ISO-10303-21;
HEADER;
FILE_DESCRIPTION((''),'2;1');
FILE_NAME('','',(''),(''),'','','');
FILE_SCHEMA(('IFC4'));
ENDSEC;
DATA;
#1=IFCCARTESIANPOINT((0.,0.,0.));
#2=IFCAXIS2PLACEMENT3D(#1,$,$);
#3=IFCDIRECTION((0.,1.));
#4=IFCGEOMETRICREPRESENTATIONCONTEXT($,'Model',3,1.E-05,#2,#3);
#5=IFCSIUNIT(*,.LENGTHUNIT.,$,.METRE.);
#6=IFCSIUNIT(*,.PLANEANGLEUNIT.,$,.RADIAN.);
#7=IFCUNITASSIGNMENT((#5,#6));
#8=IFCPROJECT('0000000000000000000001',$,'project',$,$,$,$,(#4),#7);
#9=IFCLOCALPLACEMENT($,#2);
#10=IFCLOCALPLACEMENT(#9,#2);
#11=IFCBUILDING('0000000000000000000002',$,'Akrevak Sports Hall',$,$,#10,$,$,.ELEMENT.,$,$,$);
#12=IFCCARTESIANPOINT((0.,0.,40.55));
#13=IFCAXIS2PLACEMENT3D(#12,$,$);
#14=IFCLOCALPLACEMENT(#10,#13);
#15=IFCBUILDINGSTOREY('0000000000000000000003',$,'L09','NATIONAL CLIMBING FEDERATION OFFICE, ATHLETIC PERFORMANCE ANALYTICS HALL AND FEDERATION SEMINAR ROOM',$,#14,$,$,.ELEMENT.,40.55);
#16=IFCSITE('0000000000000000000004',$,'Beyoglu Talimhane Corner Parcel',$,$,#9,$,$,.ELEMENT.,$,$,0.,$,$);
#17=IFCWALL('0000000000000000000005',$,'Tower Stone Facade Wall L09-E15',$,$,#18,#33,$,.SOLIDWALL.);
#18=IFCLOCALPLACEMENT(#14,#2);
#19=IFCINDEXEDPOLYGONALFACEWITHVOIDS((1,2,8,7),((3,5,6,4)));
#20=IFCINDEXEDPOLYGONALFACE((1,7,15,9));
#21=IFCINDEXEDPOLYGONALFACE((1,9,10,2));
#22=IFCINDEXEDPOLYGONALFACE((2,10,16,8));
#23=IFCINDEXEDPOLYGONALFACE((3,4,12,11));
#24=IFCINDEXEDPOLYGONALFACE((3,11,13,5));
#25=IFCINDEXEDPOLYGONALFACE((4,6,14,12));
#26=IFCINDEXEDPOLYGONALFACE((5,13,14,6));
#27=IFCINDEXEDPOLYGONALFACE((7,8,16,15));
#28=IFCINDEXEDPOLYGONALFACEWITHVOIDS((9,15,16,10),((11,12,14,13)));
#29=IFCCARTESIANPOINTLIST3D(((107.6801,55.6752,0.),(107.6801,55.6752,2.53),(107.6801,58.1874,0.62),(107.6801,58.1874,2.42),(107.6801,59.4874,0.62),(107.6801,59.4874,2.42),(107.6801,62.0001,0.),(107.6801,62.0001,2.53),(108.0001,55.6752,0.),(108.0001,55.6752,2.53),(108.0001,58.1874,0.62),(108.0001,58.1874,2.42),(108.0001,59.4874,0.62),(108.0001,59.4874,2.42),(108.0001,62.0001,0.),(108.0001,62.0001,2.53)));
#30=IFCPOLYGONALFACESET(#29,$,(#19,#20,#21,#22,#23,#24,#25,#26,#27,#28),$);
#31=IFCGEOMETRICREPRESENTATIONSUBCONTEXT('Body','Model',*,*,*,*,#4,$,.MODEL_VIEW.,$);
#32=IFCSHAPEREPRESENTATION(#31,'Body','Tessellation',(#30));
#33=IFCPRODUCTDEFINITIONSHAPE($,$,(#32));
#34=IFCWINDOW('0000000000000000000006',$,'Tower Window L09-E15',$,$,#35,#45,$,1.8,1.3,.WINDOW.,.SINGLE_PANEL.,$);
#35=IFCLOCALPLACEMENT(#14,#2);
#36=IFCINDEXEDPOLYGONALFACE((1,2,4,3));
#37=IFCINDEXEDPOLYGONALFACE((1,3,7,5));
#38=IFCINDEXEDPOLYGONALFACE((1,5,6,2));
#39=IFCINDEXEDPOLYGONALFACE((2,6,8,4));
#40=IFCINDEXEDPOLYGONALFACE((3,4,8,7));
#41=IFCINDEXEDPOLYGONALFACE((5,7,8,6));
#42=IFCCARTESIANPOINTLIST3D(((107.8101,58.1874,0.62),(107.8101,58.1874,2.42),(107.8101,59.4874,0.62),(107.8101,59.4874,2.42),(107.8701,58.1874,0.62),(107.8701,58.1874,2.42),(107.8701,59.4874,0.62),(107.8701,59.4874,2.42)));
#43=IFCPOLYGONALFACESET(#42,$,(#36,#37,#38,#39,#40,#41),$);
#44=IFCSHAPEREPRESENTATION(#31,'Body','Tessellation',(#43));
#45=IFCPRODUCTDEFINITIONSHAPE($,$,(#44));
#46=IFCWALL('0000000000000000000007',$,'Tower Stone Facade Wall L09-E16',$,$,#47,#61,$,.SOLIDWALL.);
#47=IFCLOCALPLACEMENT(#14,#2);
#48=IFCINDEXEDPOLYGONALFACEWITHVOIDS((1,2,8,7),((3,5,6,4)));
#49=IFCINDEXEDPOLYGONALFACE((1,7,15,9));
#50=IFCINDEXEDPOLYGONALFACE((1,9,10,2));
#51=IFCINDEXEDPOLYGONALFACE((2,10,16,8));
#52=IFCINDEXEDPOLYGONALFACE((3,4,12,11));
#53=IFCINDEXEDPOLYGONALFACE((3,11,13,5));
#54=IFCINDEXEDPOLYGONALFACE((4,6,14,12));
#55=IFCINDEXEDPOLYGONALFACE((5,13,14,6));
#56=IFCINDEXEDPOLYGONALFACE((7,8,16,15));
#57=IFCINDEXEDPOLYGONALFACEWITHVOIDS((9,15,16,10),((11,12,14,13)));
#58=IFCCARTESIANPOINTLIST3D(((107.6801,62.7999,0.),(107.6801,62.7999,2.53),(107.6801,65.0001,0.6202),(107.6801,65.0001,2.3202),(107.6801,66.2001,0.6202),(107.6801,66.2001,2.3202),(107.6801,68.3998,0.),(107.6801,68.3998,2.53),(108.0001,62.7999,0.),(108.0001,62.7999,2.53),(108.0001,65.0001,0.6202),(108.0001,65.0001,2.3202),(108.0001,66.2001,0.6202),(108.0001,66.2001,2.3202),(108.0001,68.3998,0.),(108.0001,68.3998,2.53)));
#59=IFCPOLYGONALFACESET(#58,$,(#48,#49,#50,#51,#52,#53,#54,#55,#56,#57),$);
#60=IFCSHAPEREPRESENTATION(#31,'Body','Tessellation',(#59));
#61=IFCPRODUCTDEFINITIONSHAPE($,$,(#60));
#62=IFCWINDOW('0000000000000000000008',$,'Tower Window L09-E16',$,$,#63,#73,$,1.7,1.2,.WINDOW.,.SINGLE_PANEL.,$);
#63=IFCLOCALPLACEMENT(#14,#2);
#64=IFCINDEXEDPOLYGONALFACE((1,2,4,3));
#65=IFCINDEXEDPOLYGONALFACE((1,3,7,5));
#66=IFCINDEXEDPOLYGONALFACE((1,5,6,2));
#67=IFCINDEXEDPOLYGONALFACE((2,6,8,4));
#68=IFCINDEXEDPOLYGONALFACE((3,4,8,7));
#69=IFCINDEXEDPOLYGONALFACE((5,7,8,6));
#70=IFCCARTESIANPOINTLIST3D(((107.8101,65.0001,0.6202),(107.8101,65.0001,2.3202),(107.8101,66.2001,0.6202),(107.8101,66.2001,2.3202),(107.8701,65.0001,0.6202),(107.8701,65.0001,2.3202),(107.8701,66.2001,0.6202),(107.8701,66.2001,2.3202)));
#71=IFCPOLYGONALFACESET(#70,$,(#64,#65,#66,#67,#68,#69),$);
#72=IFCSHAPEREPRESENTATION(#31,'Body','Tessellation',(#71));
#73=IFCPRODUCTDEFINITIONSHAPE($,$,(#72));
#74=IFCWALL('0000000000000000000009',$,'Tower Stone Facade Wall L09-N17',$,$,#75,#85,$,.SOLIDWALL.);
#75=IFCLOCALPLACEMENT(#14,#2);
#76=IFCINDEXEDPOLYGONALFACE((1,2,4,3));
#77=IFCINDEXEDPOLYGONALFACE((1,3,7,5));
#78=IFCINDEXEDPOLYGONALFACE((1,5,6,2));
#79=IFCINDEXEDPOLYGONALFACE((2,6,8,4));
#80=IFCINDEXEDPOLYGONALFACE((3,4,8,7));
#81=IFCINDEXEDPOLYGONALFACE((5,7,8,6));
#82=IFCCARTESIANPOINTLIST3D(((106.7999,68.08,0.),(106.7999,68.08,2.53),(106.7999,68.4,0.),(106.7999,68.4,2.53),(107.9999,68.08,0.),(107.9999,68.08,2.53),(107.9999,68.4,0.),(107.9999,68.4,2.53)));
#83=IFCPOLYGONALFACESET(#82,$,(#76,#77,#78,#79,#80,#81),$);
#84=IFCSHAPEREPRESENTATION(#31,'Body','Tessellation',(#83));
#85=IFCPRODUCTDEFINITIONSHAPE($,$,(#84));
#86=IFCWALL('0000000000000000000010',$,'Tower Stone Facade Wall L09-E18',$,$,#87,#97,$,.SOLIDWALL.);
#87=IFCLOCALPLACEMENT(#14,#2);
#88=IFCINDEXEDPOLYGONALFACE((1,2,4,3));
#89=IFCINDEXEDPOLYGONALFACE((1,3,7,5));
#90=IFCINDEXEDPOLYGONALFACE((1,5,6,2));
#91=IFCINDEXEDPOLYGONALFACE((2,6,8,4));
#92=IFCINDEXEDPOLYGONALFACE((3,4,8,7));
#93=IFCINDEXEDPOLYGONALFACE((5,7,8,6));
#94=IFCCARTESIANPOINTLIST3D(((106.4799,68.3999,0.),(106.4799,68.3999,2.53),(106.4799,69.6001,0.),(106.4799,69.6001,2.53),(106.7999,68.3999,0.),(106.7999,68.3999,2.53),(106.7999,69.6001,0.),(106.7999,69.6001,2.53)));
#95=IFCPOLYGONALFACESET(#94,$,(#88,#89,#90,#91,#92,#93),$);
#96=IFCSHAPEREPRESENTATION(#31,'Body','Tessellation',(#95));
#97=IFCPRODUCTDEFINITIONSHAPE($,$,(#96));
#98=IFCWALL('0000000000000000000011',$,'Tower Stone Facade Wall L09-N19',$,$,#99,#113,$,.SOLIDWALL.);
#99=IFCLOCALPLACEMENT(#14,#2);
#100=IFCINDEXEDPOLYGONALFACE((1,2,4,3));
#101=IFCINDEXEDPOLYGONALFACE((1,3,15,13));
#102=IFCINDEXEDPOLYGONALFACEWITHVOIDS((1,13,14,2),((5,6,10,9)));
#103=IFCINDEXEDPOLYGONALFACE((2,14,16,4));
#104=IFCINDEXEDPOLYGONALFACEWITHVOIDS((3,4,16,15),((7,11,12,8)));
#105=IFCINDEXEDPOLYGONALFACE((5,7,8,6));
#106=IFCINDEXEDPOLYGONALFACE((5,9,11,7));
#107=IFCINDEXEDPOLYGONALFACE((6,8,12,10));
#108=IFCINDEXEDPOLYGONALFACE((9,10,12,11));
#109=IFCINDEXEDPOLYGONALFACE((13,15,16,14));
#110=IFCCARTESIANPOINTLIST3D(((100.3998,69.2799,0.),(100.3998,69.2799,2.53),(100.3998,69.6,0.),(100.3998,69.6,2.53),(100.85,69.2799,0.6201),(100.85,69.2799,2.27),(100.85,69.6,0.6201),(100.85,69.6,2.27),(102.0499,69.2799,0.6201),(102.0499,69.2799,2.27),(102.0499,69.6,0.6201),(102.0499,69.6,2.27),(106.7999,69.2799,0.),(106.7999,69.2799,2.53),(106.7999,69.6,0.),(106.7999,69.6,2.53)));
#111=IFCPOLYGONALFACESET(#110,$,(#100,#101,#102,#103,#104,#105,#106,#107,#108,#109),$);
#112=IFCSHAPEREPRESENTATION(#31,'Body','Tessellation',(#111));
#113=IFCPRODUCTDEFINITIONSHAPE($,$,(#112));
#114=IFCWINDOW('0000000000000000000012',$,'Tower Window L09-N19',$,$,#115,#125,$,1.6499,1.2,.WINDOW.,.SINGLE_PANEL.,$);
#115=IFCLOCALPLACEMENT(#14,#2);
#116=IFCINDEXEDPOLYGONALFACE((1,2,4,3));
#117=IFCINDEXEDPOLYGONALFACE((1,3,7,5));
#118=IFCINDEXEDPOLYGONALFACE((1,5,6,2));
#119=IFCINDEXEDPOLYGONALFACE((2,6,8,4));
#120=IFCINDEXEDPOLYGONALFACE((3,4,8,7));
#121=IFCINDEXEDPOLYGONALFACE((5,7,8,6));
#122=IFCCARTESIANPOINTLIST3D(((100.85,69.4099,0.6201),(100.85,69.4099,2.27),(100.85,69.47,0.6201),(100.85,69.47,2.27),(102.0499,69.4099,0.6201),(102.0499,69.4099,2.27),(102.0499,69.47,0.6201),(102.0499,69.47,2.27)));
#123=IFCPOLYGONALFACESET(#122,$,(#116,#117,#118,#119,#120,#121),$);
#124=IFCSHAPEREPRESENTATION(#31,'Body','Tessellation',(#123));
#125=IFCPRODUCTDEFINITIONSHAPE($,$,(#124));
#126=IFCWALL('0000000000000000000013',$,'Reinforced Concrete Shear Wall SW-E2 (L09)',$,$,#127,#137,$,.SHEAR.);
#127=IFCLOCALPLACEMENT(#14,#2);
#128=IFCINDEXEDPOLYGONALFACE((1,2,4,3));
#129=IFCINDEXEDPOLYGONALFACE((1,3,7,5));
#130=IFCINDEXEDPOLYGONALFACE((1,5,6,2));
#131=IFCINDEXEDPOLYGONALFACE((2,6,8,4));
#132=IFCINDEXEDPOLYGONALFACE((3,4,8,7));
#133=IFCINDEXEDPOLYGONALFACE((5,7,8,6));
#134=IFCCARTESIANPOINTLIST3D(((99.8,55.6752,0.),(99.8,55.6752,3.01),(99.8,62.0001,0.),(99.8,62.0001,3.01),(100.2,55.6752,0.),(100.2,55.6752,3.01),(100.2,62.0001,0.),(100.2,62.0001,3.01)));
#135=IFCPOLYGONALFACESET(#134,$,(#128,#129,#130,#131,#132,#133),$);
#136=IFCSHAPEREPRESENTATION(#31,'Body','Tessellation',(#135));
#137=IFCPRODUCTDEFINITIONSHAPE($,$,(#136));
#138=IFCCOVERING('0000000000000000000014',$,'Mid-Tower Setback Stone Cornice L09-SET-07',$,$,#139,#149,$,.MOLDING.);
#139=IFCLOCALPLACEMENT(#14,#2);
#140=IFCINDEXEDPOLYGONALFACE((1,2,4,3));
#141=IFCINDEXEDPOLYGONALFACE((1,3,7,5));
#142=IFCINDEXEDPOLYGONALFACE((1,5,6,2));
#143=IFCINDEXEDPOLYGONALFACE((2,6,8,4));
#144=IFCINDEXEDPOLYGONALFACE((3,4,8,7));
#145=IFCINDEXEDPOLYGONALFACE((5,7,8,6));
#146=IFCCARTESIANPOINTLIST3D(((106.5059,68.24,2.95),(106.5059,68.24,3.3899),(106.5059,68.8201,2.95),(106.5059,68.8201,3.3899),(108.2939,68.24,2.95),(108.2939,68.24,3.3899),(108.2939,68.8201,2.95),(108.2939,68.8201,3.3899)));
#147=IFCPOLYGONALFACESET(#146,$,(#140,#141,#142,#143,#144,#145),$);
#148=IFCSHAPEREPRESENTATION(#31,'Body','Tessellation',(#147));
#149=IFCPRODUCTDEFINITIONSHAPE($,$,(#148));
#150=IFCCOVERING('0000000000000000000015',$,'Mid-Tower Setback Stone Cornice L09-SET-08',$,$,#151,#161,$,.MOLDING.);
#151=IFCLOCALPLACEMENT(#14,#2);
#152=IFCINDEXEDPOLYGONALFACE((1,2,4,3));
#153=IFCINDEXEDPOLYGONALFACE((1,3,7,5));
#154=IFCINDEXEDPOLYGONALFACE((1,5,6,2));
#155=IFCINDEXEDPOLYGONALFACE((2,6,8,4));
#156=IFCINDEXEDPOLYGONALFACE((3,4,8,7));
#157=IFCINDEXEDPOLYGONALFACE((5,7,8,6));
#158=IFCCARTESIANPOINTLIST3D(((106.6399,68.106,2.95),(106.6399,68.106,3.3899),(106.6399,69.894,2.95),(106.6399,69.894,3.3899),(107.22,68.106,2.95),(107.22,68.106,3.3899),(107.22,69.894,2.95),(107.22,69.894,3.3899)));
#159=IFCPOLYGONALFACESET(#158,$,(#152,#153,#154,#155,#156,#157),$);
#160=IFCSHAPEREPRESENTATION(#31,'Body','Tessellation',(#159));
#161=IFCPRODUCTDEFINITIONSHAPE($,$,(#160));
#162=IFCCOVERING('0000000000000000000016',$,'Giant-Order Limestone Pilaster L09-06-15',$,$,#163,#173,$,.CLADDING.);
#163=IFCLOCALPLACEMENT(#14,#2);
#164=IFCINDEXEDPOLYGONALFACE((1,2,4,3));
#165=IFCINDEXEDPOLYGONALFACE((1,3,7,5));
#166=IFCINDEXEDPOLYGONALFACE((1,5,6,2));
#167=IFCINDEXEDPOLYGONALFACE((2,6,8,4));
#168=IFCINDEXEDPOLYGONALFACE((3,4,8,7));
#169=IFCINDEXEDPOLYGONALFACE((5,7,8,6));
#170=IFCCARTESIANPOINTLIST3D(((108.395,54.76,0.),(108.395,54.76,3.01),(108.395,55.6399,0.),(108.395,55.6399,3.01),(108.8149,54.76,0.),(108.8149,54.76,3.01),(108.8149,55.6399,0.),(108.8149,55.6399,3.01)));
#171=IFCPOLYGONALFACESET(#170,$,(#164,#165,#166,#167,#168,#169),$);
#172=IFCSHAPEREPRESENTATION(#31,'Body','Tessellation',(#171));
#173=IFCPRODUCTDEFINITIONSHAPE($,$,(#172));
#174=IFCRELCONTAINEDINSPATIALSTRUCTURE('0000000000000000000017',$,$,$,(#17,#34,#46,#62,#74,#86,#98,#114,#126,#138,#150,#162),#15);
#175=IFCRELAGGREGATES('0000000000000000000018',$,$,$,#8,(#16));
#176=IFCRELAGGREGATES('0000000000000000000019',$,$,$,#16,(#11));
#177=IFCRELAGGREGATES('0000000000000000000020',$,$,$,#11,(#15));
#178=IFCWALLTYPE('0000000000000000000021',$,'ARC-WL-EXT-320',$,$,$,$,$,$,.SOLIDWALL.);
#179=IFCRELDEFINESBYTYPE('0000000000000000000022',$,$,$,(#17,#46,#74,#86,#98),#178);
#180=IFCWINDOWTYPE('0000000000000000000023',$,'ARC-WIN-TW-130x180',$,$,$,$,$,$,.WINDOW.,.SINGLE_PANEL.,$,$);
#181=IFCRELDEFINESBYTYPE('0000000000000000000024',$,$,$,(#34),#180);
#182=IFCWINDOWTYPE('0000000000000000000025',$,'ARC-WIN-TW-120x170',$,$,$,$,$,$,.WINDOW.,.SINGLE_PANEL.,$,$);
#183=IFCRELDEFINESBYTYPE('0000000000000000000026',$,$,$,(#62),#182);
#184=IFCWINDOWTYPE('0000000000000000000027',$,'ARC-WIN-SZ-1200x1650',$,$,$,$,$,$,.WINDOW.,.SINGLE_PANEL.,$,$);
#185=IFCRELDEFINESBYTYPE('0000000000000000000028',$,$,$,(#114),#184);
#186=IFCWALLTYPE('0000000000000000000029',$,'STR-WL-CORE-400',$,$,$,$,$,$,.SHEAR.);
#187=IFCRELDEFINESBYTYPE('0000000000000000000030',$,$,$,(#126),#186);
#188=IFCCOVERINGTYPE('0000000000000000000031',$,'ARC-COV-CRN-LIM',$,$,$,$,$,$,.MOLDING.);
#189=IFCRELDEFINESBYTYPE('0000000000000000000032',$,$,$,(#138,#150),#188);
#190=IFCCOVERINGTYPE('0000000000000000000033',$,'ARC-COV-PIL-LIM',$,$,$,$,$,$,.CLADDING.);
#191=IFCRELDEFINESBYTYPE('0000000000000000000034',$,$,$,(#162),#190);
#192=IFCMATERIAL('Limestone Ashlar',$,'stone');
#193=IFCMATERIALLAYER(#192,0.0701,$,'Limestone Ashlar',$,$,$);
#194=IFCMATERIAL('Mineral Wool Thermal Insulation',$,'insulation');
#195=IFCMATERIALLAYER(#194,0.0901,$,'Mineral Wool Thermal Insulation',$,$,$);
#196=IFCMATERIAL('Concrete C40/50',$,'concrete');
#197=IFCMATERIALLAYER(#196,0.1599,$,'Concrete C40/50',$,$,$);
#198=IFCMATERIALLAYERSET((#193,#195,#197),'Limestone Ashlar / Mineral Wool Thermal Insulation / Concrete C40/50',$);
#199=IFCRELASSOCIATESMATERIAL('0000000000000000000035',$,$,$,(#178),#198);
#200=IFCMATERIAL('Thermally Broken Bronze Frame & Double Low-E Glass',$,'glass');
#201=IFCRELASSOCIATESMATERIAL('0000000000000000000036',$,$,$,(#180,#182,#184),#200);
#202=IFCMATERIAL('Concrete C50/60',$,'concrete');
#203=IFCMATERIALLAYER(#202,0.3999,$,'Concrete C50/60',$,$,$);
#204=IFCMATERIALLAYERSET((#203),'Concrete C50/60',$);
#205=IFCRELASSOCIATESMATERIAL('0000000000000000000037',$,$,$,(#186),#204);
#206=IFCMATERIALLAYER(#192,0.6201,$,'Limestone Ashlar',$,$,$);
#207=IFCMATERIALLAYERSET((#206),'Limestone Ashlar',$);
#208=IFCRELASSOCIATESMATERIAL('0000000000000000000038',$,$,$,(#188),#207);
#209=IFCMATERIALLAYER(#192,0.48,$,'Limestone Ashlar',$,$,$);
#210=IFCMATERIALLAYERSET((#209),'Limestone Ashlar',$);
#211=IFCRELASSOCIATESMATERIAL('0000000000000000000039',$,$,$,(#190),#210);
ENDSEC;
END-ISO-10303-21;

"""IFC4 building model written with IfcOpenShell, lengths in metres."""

from ifc_helpers import new_model, si_unit, direction, frame, frame_2d, origin, origin_2d, place, context, subcontext, project, spatial, rectangle, extrude, material, layer, layer_set, type_object, element, fill, save


model = new_model("IFC4")

# Units and contexts
model_context = context("Model", 3, precision=1e-05, world=origin(), true_north=direction((0.0, 1.0)))
body_context = subcontext(model_context, "Body", "Model", "MODEL_VIEW")
ifc_project = project(units=[si_unit("LENGTHUNIT", "METRE"), si_unit("PLANEANGLEUNIT", "RADIAN")], contexts=[model_context])

# Site, building, storey
site_placement = place(None, origin())
site = spatial("IfcSite", under=ifc_project, at=site_placement, Name="Beyoglu Talimhane Corner Parcel", CompositionType="ELEMENT", RefElevation=0.0)
building_placement = place(site_placement, origin())
building = spatial("IfcBuilding", under=site, at=building_placement, Name="Akrevak Sports Hall", CompositionType="ELEMENT")
storey_placement = place(building_placement, frame((0.0, 0.0, 40.55)))
storey = spatial("IfcBuildingStorey", under=building, at=storey_placement, Name="L09", Description="NATIONAL CLIMBING FEDERATION OFFICE, ATHLETIC PERFORMANCE ANALYTICS HALL AND FEDERATION SEMINAR ROOM", CompositionType="ELEMENT", Elevation=40.55)

# Shared definitions
ifc_material_1 = material(Name="Concrete C40/50", Category="concrete")
ifc_material_2 = material(Name="Concrete C50/60", Category="concrete")

# Walls, openings, windows
ifc_material_3 = material(Name="Limestone Ashlar", Category="stone")
ifc_layer_1 = layer(ifc_material_3, 0.0701, Name="Limestone Ashlar")
ifc_material_4 = material(Name="Mineral Wool Thermal Insulation", Category="insulation")
ifc_layer_2 = layer(ifc_material_4, 0.0901, Name="Mineral Wool Thermal Insulation")
ifc_layer_3 = layer(ifc_material_1, 0.1599, Name="Concrete C40/50")
ifc_layer_set_1 = layer_set([ifc_layer_1, ifc_layer_2, ifc_layer_3], Name="Limestone Ashlar / Mineral Wool Thermal Insulation / Concrete C40/50")
wall_type_1 = type_object("IfcWallType", Name="ARC-WL-EXT-320", PredefinedType="SOLIDWALL", material=ifc_layer_set_1)
wall_1_placement = place(storey_placement, frame((107.8401, 55.675, 0.0), z_axis=(0.0, 0.0, 1.0), x_axis=(0.0, 1.0, 0.0)))
wall_1 = element("IfcWall", 1, at=wall_1_placement, inside=storey, type_object=wall_type_1, Name="Tower Stone Facade Wall L09-E15", PredefinedType="SOLIDWALL", context=body_context, shape_type="SweptSolid", body=[
    extrude(rectangle(XDim=6.325, YDim=0.3201, at=frame_2d((3.1626, 0.0))), origin(), (0.0, 0.0, 1.0), 2.53),
])
opening_1_placement = place(wall_1_placement, frame((2.5125, 0.0, 0.6201)))
opening_1 = element("IfcOpeningElement", 2, at=opening_1_placement, cuts=wall_1, PredefinedType="OPENING", context=body_context, shape_type="SweptSolid", body=[
    extrude(rectangle(XDim=1.3, YDim=1.8, at=frame_2d((0.6499, 0.8999))), frame((0.0, 0.1719, 0.0), z_axis=(0.0, -1.0, 0.0), x_axis=(1.0, 0.0, 0.0)), (0.0, 0.0, 1.0), 0.344),
])
ifc_material_5 = material(Name="Thermally Broken Bronze Frame & Double Low-E Glass", Category="glass")
window_type_1 = type_object("IfcWindowType", Name="ARC-WIN-TW-130x180", PartitioningType="SINGLE_PANEL", PredefinedType="WINDOW", material=ifc_material_5)
window_1_placement = place(opening_1_placement, origin())
window_1 = element("IfcWindow", 3, at=window_1_placement, inside=storey, type_object=window_type_1, Name="Tower Window L09-E15", OverallHeight=1.8, OverallWidth=1.3, PartitioningType="SINGLE_PANEL", PredefinedType="WINDOW", context=body_context, shape_type="SweptSolid", body=[
    extrude(rectangle(XDim=1.3, YDim=1.8, at=frame_2d((0.6499, 0.8999))), frame((0.0, 0.03, 0.0), z_axis=(0.0, -1.0, 0.0), x_axis=(1.0, 0.0, 0.0)), (0.0, 0.0, 1.0), 0.0601),
])
fill(opening_1, window_1)
wall_2_placement = place(storey_placement, frame((107.8401, 62.8, 0.0), z_axis=(0.0, 0.0, 1.0), x_axis=(0.0, 1.0, 0.0)))
wall_2 = element("IfcWall", 4, at=wall_2_placement, inside=storey, type_object=wall_type_1, Name="Tower Stone Facade Wall L09-E16", PredefinedType="SOLIDWALL", context=body_context, shape_type="SweptSolid", body=[
    extrude(rectangle(XDim=5.5999, YDim=0.3201, at=frame_2d((2.7998, 0.0))), origin(), (0.0, 0.0, 1.0), 2.53),
])
opening_2_placement = place(wall_2_placement, frame((2.2, 0.0, 0.6201)))
opening_2 = element("IfcOpeningElement", 5, at=opening_2_placement, cuts=wall_2, PredefinedType="OPENING", context=body_context, shape_type="SweptSolid", body=[
    extrude(rectangle(XDim=1.2, YDim=1.7, at=frame_2d((0.6001, 0.8501))), frame((0.0, 0.1719, 0.0), z_axis=(0.0, -1.0, 0.0), x_axis=(1.0, 0.0, 0.0)), (0.0, 0.0, 1.0), 0.344),
])
window_type_2 = type_object("IfcWindowType", Name="ARC-WIN-TW-120x170", PartitioningType="SINGLE_PANEL", PredefinedType="WINDOW", material=ifc_material_5)
window_2_placement = place(opening_2_placement, origin())
window_2 = element("IfcWindow", 6, at=window_2_placement, inside=storey, type_object=window_type_2, Name="Tower Window L09-E16", OverallHeight=1.7, OverallWidth=1.2, PartitioningType="SINGLE_PANEL", PredefinedType="WINDOW", context=body_context, shape_type="SweptSolid", body=[
    extrude(rectangle(XDim=1.2, YDim=1.7, at=frame_2d((0.6001, 0.8501))), frame((0.0, 0.03, 0.0), z_axis=(0.0, -1.0, 0.0), x_axis=(1.0, 0.0, 0.0)), (0.0, 0.0, 1.0), 0.0601),
])
fill(opening_2, window_2)

# Walls
wall_3_placement = place(storey_placement, frame((108.0, 68.24, 0.0), z_axis=(0.0, 0.0, 1.0), x_axis=(-1.0, 0.0, 0.0)))
element("IfcWall", 7, at=wall_3_placement, inside=storey, type_object=wall_type_1, Name="Tower Stone Facade Wall L09-N17", PredefinedType="SOLIDWALL", context=body_context, shape_type="SweptSolid", body=[
    extrude(rectangle(XDim=1.2, YDim=0.3201, at=frame_2d((0.6001, 0.0))), origin(), (0.0, 0.0, 1.0), 2.53),
])
wall_4_placement = place(storey_placement, frame((106.6399, 68.3999, 0.0), z_axis=(0.0, 0.0, 1.0), x_axis=(0.0, 1.0, 0.0)))
element("IfcWall", 8, at=wall_4_placement, inside=storey, type_object=wall_type_1, Name="Tower Stone Facade Wall L09-E18", PredefinedType="SOLIDWALL", context=body_context, shape_type="SweptSolid", body=[
    extrude(rectangle(XDim=1.2002, YDim=0.3201, at=frame_2d((0.6001, 0.0))), origin(), (0.0, 0.0, 1.0), 2.53),
])

# Wall, opening, window
wall_5_placement = place(storey_placement, frame((106.8, 69.4399, 0.0), z_axis=(0.0, 0.0, 1.0), x_axis=(-1.0, 0.0, 0.0)))
wall_5 = element("IfcWall", 9, at=wall_5_placement, inside=storey, type_object=wall_type_1, Name="Tower Stone Facade Wall L09-N19", PredefinedType="SOLIDWALL", context=body_context, shape_type="SweptSolid", body=[
    extrude(rectangle(XDim=6.4001, YDim=0.3201, at=frame_2d((3.2002, 0.0))), origin(), (0.0, 0.0, 1.0), 2.53),
])
opening_3_placement = place(wall_5_placement, frame((4.75, 0.0, 0.6201)))
opening_3 = element("IfcOpeningElement", 10, at=opening_3_placement, cuts=wall_5, PredefinedType="OPENING", context=body_context, shape_type="SweptSolid", body=[
    extrude(rectangle(XDim=1.2, YDim=1.6499, at=frame_2d((0.6001, 0.825))), frame((0.0, 0.1719, 0.0), z_axis=(0.0, -1.0, 0.0), x_axis=(1.0, 0.0, 0.0)), (0.0, 0.0, 1.0), 0.344),
])
window_type_3 = type_object("IfcWindowType", Name="ARC-WIN-SZ-1200x1650", PartitioningType="SINGLE_PANEL", PredefinedType="WINDOW", material=ifc_material_5)
window_3_placement = place(opening_3_placement, origin())
window_3 = element("IfcWindow", 11, at=window_3_placement, inside=storey, type_object=window_type_3, Name="Tower Window L09-N19", OverallHeight=1.6499, OverallWidth=1.2, PartitioningType="SINGLE_PANEL", PredefinedType="WINDOW", context=body_context, shape_type="SweptSolid", body=[
    extrude(rectangle(XDim=1.2, YDim=1.6499, at=frame_2d((0.6001, 0.825))), frame((0.0, 0.03, 0.0), z_axis=(0.0, -1.0, 0.0), x_axis=(1.0, 0.0, 0.0)), (0.0, 0.0, 1.0), 0.0601),
])
fill(opening_3, window_3)

# Wall
ifc_layer_4 = layer(ifc_material_2, 0.3999, Name="Concrete C50/60")
ifc_layer_set_2 = layer_set([ifc_layer_4], Name="Concrete C50/60")
wall_type_2 = type_object("IfcWallType", Name="STR-WL-CORE-400", PredefinedType="SHEAR", material=ifc_layer_set_2)
wall_6_placement = place(storey_placement, frame((100.0, 55.675, 0.0), z_axis=(0.0, 0.0, 1.0), x_axis=(0.0, 1.0, 0.0)))
element("IfcWall", 12, at=wall_6_placement, inside=storey, type_object=wall_type_2, Name="Reinforced Concrete Shear Wall SW-E2 (L09)", PredefinedType="SHEAR", context=body_context, shape_type="SweptSolid", body=[
    extrude(rectangle(XDim=6.325, YDim=0.3999, at=frame_2d((3.1626, 0.0))), origin(), (0.0, 0.0, 1.0), 3.01),
])

# Coverings
ifc_layer_5 = layer(ifc_material_3, 0.6201, Name="Limestone Ashlar")
ifc_layer_set_3 = layer_set([ifc_layer_5], Name="Limestone Ashlar")
covering_type_1 = type_object("IfcCoveringType", Name="ARC-COV-CRN-LIM", PredefinedType="MOLDING", material=ifc_layer_set_3)
for number, where, z_axis, x_axis, name in (
    (13, (107.3999, 68.53, 2.95), (0.0, 0.0, 1.0), (-1.0, 0.0, 0.0), "Mid-Tower Setback Stone Cornice L09-SET-07"),
    (14, (106.9299, 69.0, 2.95), (0.0, 0.0, 1.0), (0.0, 1.0, 0.0), "Mid-Tower Setback Stone Cornice L09-SET-08"),
):
    element("IfcCovering", number, at=place(storey_placement, frame(where, z_axis=z_axis, x_axis=x_axis)), inside=storey, type_object=covering_type_1, Name=name, PredefinedType="MOLDING", context=body_context, shape_type="SweptSolid", body=[
        extrude(rectangle(XDim=1.7881, YDim=0.5801, at=origin_2d()), origin(), (0.0, 0.0, 1.0), 0.4399),
    ])
ifc_layer_6 = layer(ifc_material_3, 0.48, Name="Limestone Ashlar")
ifc_layer_set_4 = layer_set([ifc_layer_6], Name="Limestone Ashlar")
covering_type_2 = type_object("IfcCoveringType", Name="ARC-COV-PIL-LIM", PredefinedType="CLADDING", material=ifc_layer_set_4)
for number, where, z_axis, x_axis, name in (
    (15, (108.605, 55.2, 0.0), (0.0, 0.0, 1.0), (0.0, 1.0, 0.0), "Giant-Order Limestone Pilaster L09-06-15"),
):
    element("IfcCovering", number, at=place(storey_placement, frame(where, z_axis=z_axis, x_axis=x_axis)), inside=storey, type_object=covering_type_2, Name=name, PredefinedType="CLADDING", context=body_context, shape_type="SweptSolid", body=[
        extrude(rectangle(XDim=0.8799, YDim=0.4199, at=origin_2d()), origin(), (0.0, 0.0, 1.0), 3.01),
    ])

save(model, "model.ifc")
